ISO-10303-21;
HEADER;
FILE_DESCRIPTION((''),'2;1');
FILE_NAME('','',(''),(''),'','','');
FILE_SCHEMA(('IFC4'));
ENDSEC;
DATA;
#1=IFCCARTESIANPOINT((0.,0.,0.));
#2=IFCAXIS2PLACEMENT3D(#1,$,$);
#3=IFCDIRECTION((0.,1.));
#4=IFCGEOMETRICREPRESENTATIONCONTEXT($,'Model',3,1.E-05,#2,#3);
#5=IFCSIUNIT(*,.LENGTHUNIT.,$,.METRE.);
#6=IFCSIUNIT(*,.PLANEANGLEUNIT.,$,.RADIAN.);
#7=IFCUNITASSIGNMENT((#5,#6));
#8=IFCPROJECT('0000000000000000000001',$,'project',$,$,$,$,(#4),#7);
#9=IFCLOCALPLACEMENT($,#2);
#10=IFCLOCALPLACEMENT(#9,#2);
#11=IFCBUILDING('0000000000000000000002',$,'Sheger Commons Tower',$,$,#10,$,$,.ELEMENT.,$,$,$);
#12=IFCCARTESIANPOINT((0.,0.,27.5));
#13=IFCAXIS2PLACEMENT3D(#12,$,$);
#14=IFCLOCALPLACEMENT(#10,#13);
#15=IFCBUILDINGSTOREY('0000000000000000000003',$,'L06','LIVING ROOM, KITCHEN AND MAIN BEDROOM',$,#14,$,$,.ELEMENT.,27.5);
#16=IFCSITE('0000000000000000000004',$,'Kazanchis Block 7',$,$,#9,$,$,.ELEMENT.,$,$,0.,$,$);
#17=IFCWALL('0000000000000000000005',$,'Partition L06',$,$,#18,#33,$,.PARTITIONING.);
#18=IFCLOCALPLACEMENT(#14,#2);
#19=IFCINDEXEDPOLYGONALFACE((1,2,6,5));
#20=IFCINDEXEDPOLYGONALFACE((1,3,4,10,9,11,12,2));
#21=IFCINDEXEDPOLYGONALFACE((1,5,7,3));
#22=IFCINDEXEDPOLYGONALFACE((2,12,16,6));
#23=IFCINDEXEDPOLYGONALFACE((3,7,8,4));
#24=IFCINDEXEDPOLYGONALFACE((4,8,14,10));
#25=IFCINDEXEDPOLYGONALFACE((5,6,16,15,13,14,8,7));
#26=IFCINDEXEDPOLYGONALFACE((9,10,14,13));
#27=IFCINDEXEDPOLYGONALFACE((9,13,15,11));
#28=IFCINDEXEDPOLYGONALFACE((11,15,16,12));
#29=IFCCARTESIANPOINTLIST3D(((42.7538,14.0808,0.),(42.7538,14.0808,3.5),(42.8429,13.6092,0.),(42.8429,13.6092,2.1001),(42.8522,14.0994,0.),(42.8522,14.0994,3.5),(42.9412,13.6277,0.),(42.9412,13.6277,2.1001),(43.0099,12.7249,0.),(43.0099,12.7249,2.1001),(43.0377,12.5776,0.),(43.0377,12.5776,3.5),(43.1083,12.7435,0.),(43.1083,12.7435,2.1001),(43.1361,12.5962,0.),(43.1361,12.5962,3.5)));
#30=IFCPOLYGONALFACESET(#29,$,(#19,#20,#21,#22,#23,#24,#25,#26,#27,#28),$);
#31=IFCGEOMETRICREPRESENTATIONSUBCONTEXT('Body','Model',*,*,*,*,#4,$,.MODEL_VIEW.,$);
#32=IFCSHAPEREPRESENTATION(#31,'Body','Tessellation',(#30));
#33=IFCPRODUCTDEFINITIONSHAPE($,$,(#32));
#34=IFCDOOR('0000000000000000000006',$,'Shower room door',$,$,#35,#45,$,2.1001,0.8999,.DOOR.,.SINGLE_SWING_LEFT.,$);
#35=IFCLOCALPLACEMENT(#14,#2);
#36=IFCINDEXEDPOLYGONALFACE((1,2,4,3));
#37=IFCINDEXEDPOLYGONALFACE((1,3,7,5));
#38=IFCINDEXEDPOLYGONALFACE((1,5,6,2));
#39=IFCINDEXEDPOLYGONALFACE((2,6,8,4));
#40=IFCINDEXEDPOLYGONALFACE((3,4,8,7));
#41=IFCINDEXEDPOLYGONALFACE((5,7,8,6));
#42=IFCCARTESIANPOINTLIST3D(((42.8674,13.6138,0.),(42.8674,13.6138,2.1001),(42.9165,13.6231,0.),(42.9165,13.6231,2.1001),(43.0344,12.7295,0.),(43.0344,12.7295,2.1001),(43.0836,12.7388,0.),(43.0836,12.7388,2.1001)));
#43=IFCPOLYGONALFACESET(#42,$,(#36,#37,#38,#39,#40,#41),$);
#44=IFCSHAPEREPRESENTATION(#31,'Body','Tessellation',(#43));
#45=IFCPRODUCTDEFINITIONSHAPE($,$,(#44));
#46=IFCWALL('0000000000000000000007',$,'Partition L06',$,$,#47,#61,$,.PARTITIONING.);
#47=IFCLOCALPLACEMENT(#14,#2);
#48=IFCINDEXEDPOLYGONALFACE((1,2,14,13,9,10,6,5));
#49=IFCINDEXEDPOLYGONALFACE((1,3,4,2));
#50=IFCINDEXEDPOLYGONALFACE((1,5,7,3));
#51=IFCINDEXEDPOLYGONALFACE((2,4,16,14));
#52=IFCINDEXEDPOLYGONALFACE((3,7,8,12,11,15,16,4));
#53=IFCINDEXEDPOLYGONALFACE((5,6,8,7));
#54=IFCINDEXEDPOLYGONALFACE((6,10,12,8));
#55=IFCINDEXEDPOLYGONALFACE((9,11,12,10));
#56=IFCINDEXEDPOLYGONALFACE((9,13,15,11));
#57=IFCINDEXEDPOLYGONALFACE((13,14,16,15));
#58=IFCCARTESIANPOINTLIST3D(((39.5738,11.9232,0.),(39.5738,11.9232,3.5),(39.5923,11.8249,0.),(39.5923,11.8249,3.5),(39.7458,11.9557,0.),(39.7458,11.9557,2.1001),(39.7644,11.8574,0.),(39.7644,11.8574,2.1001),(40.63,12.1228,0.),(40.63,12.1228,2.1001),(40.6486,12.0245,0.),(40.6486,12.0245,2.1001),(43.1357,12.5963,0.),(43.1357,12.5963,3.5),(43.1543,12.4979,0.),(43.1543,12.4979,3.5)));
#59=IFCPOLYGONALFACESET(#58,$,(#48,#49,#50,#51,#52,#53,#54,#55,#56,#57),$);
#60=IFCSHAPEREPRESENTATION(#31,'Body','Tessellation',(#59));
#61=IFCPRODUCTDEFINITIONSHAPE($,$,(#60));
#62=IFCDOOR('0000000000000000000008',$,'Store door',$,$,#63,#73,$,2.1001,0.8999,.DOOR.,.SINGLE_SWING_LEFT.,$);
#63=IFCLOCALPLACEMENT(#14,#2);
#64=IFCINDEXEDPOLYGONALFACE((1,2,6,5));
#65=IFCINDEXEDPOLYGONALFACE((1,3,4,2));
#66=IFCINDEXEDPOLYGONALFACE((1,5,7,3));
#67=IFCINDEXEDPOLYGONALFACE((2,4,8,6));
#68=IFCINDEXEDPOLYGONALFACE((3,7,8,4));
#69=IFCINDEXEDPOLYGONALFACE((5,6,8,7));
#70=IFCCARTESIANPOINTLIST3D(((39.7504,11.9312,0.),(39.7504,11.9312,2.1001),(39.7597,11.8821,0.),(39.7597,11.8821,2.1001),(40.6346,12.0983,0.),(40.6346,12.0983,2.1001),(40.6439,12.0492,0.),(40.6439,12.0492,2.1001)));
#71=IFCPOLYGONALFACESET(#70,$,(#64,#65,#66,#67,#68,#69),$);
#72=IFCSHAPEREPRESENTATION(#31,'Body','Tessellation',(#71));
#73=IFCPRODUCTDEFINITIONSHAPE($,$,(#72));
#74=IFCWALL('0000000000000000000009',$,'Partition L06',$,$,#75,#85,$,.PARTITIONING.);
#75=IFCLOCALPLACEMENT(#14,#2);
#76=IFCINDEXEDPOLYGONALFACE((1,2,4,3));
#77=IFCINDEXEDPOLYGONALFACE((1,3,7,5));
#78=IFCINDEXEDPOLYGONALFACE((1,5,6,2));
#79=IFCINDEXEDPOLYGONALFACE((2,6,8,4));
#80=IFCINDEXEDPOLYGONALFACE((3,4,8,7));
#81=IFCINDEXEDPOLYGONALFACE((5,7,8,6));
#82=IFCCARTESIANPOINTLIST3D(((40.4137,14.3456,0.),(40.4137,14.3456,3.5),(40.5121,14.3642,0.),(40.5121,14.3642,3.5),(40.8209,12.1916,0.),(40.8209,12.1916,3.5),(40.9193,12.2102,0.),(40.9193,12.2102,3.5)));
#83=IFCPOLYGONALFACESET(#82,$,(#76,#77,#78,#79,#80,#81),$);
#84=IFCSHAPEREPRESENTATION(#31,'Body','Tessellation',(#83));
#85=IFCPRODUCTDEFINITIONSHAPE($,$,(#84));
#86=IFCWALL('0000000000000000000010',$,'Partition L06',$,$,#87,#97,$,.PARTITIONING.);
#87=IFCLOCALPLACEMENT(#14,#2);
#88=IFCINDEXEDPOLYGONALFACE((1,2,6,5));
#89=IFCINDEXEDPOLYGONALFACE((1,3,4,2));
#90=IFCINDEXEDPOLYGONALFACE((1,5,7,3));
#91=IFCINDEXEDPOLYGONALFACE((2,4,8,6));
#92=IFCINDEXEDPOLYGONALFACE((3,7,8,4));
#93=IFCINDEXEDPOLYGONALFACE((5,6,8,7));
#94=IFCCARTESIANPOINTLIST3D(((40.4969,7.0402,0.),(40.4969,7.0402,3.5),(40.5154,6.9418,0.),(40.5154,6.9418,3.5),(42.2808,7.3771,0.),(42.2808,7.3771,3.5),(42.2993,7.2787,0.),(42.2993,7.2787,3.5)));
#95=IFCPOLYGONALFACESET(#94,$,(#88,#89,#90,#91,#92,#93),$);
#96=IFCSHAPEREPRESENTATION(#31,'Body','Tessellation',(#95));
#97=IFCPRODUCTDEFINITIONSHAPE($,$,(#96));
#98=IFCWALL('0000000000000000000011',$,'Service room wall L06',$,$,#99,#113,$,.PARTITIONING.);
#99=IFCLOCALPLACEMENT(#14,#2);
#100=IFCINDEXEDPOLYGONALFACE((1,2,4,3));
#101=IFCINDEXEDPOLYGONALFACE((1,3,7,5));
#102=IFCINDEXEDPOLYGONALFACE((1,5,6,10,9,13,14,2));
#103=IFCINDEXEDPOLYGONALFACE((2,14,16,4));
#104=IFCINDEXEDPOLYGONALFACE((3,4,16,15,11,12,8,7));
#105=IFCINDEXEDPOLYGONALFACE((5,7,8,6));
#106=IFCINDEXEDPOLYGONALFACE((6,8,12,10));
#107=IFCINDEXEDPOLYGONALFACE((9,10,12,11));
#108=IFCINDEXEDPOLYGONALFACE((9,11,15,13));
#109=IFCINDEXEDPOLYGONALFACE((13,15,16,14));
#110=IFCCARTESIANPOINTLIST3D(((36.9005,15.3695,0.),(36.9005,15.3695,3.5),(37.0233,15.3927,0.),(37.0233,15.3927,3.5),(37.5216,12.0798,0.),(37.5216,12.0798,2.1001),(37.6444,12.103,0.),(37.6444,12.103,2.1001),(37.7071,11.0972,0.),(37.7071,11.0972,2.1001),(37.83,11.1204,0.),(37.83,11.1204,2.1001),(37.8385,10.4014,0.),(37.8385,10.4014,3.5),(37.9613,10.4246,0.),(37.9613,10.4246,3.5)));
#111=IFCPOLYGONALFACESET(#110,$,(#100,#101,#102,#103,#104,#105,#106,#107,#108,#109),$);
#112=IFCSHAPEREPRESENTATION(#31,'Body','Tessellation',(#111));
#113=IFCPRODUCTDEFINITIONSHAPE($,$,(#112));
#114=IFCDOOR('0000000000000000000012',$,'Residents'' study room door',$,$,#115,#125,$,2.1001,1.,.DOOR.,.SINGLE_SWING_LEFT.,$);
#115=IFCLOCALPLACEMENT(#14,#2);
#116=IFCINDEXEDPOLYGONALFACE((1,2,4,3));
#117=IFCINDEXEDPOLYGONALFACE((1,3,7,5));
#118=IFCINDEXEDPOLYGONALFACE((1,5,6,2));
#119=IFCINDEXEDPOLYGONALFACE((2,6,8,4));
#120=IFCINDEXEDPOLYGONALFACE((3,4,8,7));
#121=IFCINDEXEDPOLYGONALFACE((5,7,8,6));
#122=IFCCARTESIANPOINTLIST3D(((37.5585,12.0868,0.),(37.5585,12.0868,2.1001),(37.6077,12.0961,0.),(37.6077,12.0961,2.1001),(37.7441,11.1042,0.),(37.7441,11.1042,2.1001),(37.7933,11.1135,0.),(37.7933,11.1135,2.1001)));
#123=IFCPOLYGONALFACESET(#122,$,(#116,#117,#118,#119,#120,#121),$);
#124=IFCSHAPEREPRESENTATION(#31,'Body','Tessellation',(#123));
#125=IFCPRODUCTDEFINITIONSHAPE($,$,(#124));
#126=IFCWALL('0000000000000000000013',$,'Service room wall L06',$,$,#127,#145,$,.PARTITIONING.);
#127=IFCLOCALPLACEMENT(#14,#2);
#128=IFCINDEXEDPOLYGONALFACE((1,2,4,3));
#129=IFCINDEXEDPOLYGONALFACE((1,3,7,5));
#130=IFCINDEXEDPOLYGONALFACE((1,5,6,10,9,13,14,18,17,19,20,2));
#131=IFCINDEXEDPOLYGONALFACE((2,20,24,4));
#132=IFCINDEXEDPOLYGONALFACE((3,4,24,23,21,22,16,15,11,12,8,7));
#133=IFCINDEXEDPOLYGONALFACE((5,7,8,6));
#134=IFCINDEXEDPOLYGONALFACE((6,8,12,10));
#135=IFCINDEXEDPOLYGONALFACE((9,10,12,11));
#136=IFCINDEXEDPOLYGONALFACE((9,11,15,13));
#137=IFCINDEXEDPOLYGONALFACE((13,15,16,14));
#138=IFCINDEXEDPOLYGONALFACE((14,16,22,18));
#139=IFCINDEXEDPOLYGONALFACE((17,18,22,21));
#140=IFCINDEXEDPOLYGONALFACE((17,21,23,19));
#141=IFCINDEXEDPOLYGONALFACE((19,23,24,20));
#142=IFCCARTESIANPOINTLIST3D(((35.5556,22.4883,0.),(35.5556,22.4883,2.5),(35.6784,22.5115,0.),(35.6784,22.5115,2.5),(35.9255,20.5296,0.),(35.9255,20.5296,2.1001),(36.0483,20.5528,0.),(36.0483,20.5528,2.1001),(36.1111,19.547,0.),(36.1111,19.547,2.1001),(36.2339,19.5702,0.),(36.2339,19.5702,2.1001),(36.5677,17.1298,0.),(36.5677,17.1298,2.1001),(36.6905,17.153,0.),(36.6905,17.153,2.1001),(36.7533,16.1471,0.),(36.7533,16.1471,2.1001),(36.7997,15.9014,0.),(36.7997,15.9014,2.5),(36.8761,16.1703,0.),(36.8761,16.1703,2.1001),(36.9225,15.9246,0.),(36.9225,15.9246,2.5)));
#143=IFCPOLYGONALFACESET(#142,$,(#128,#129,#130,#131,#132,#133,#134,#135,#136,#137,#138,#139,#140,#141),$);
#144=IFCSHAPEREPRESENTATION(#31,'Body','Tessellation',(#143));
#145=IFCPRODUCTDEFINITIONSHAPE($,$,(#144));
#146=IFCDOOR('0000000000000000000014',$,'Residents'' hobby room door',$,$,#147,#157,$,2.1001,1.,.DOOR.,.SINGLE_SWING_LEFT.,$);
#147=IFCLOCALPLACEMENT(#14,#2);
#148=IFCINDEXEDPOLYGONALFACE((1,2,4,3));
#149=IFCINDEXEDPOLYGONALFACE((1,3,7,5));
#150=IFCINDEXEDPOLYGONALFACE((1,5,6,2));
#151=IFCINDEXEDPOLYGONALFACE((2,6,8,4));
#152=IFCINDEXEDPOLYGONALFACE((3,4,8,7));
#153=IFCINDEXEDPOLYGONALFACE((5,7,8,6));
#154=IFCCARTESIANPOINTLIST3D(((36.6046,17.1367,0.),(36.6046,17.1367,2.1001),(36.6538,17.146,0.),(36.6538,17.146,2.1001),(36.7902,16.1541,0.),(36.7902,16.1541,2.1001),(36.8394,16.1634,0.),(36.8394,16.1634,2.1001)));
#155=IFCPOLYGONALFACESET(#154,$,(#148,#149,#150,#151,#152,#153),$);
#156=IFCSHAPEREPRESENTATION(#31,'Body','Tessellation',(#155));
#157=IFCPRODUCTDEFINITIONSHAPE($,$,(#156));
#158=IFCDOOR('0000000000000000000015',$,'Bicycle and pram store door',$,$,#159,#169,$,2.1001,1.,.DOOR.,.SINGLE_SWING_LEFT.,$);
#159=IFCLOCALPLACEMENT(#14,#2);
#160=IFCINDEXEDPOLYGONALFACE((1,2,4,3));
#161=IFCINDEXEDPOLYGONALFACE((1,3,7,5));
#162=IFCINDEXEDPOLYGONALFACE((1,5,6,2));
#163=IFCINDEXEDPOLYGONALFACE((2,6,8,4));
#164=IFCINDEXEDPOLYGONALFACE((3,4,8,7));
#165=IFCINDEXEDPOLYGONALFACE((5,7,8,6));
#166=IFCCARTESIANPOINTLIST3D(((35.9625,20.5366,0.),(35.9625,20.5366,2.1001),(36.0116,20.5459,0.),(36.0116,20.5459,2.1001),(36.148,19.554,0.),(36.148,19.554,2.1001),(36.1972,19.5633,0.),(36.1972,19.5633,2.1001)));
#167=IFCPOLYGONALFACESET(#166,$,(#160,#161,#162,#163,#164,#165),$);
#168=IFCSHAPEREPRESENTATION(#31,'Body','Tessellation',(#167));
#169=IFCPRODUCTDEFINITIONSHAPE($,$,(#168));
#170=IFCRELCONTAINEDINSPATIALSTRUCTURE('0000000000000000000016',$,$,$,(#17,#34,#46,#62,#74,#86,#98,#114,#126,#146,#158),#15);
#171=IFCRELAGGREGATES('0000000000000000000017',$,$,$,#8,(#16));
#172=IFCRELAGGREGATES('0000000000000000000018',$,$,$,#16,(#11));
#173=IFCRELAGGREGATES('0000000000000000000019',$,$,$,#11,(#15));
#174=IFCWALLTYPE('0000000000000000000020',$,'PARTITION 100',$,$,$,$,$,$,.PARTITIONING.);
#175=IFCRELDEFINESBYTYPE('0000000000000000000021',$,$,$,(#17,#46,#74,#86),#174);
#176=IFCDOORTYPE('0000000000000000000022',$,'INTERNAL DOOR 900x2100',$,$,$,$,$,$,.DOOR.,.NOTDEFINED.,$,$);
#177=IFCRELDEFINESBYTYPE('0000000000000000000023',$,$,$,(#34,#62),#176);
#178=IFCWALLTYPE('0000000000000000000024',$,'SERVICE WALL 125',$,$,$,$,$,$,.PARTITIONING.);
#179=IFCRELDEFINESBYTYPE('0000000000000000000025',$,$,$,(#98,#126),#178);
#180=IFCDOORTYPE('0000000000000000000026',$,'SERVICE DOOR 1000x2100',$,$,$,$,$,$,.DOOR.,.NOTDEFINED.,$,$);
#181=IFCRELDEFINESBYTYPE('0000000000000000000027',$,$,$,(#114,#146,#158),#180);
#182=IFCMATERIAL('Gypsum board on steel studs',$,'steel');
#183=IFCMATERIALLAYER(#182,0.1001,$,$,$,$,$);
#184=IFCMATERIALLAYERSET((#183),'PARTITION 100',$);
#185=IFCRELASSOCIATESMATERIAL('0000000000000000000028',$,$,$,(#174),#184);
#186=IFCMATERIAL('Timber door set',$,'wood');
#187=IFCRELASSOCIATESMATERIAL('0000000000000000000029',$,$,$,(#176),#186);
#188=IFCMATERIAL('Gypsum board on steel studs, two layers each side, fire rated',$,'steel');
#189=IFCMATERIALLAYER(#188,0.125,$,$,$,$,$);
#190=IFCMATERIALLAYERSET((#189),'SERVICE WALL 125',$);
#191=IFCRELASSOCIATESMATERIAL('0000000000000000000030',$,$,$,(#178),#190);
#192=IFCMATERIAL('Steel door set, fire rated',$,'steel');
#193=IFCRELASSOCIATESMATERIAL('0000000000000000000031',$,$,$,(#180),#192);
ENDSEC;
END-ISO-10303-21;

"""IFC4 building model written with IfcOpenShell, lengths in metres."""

from ifc_helpers import new_model, si_unit, direction, frame, frame_2d, origin, place, context, subcontext, project, spatial, rectangle, extrude, material, layer, layer_set, type_object, element, fill, save


model = new_model("IFC4")

# Units and contexts
model_context = context("Model", 3, precision=1e-05, world=origin(), true_north=direction((0.0, 1.0)))
body_context = subcontext(model_context, "Body", "Model", "MODEL_VIEW")
ifc_project = project(units=[si_unit("LENGTHUNIT", "METRE"), si_unit("PLANEANGLEUNIT", "RADIAN")], contexts=[model_context])

# Site, building, storey
site_placement = place(None, origin())
site = spatial("IfcSite", under=ifc_project, at=site_placement, Name="Kazanchis Block 7", CompositionType="ELEMENT", RefElevation=0.0)
building_placement = place(site_placement, origin())
building = spatial("IfcBuilding", under=site, at=building_placement, Name="Sheger Commons Tower", CompositionType="ELEMENT")
storey_placement = place(building_placement, frame((0.0, 0.0, 27.5)))
storey = spatial("IfcBuildingStorey", under=building, at=storey_placement, Name="L06", Description="LIVING ROOM, KITCHEN AND MAIN BEDROOM", CompositionType="ELEMENT", Elevation=27.5)

# Shared definitions
ifc_material_1 = material(Name="Gypsum board on steel studs", Category="steel")
ifc_layer_1 = layer(ifc_material_1, 0.1001)
ifc_layer_set_1 = layer_set([ifc_layer_1], Name="PARTITION 100")
wall_type_1 = type_object("IfcWallType", Name="PARTITION 100", PredefinedType="PARTITIONING", material=ifc_layer_set_1)

# Walls, openings, doors
wall_1_placement = place(storey_placement, frame((42.803, 14.0901, 0.0), z_axis=(0.0, 0.0, 1.0), x_axis=(0.185608, -0.982624, 0.0)))
wall_1 = element("IfcWall", 1, at=wall_1_placement, inside=storey, type_object=wall_type_1, Name="Partition L06", PredefinedType="PARTITIONING", context=body_context, shape_type="SweptSolid", body=[
    extrude(rectangle(XDim=1.5298, YDim=0.1001, at=frame_2d((0.7649, 0.0))), origin(), (0.0, 0.0, 1.0), 3.5),
])
opening_1_placement = place(wall_1_placement, frame((0.48, 0.0, 0.0)))
opening_1 = element("IfcOpeningElement", 2, at=opening_1_placement, cuts=wall_1, PredefinedType="OPENING", context=body_context, shape_type="SweptSolid", body=[
    extrude(rectangle(XDim=0.8999, YDim=2.1001, at=frame_2d((0.45, 1.05))), frame((0.0, 0.0601, 0.0), z_axis=(0.0, -1.0, 0.0), x_axis=(1.0, 0.0, 0.0)), (0.0, 0.0, 1.0), 0.1201),
])
ifc_material_2 = material(Name="Timber door set", Category="wood")
door_type_1 = type_object("IfcDoorType", Name="INTERNAL DOOR 900x2100", OperationType="NOTDEFINED", PredefinedType="DOOR", material=ifc_material_2)
door_1_placement = place(opening_1_placement, origin())
door_1 = element("IfcDoor", 3, at=door_1_placement, inside=storey, type_object=door_type_1, Name="Shower room door", OperationType="SINGLE_SWING_LEFT", OverallHeight=2.1001, OverallWidth=0.8999, PredefinedType="DOOR", context=body_context, shape_type="SweptSolid", body=[
    extrude(rectangle(XDim=0.8999, YDim=2.1001, at=frame_2d((0.45, 1.05))), frame((0.0, 0.0249, 0.0), z_axis=(0.0, -1.0, 0.0), x_axis=(1.0, 0.0, 0.0)), (0.0, 0.0, 1.0), 0.05),
])
fill(opening_1, door_1)
wall_2_placement = place(storey_placement, frame((43.145, 12.5471, 0.0), z_axis=(0.0, 0.0, 1.0), x_axis=(-0.98261, -0.185679, 0.0)))
wall_2 = element("IfcWall", 4, at=wall_2_placement, inside=storey, type_object=wall_type_1, Name="Partition L06", PredefinedType="PARTITIONING", context=body_context, shape_type="SweptSolid", body=[
    extrude(rectangle(XDim=3.625, YDim=0.1001, at=frame_2d((1.8125, 0.0))), origin(), (0.0, 0.0, 1.0), 3.5),
])
opening_2_placement = place(wall_2_placement, frame((2.55, 0.0, 0.0)))
opening_2 = element("IfcOpeningElement", 5, at=opening_2_placement, cuts=wall_2, PredefinedType="OPENING", context=body_context, shape_type="SweptSolid", body=[
    extrude(rectangle(XDim=0.8999, YDim=2.1001, at=frame_2d((0.45, 1.05))), frame((0.0, 0.0601, 0.0), z_axis=(0.0, -1.0, 0.0), x_axis=(1.0, 0.0, 0.0)), (0.0, 0.0, 1.0), 0.1201),
])
door_2_placement = place(opening_2_placement, origin())
door_2 = element("IfcDoor", 6, at=door_2_placement, inside=storey, type_object=door_type_1, Name="Store door", OperationType="SINGLE_SWING_LEFT", OverallHeight=2.1001, OverallWidth=0.8999, PredefinedType="DOOR", context=body_context, shape_type="SweptSolid", body=[
    extrude(rectangle(XDim=0.8999, YDim=2.1001, at=frame_2d((0.45, 1.05))), frame((0.0, 0.0249, 0.0), z_axis=(0.0, -1.0, 0.0), x_axis=(1.0, 0.0, 0.0)), (0.0, 0.0, 1.0), 0.05),
])
fill(opening_2, door_2)

# Walls
wall_3_placement = place(storey_placement, frame((40.4629, 14.355, 0.0), z_axis=(0.0, 0.0, 1.0), x_axis=(0.185761, -0.982595, 0.0)))
element("IfcWall", 7, at=wall_3_placement, inside=storey, type_object=wall_type_1, Name="Partition L06", PredefinedType="PARTITIONING", context=body_context, shape_type="SweptSolid", body=[
    extrude(rectangle(XDim=2.1921, YDim=0.1001, at=frame_2d((1.0962, 0.0))), origin(), (0.0, 0.0, 1.0), 3.5),
])
wall_4_placement = place(storey_placement, frame((42.29, 7.3279, 0.0), z_axis=(0.0, 0.0, 1.0), x_axis=(-0.982629, -0.185579, 0.0)))
element("IfcWall", 8, at=wall_4_placement, inside=storey, type_object=wall_type_1, Name="Partition L06", PredefinedType="PARTITIONING", context=body_context, shape_type="SweptSolid", body=[
    extrude(rectangle(XDim=1.8154, YDim=0.1001, at=frame_2d((0.9077, 0.0))), origin(), (0.0, 0.0, 1.0), 3.5),
])

# Wall, opening, door
ifc_material_3 = material(Name="Gypsum board on steel studs, two layers each side, fire rated", Category="steel")
ifc_layer_2 = layer(ifc_material_3, 0.125)
ifc_layer_set_2 = layer_set([ifc_layer_2], Name="SERVICE WALL 125")
wall_type_2 = type_object("IfcWallType", Name="SERVICE WALL 125", PredefinedType="PARTITIONING", material=ifc_layer_set_2)
wall_5_placement = place(storey_placement, frame((37.8999, 10.4131, 0.0), z_axis=(0.0, 0.0, 1.0), x_axis=(-0.185528, 0.982639, 0.0)))
wall_5 = element("IfcWall", 9, at=wall_5_placement, inside=storey, type_object=wall_type_2, Name="Service room wall L06", PredefinedType="PARTITIONING", context=body_context, shape_type="SweptSolid", body=[
    extrude(rectangle(XDim=5.0559, YDim=0.125, at=frame_2d((2.5278, 0.0))), origin(), (0.0, 0.0, 1.0), 3.5),
])
opening_3_placement = place(wall_5_placement, frame((0.708, 0.0, 0.0)))
opening_3 = element("IfcOpeningElement", 10, at=opening_3_placement, cuts=wall_5, PredefinedType="OPENING", context=body_context, shape_type="SweptSolid", body=[
    extrude(rectangle(XDim=1.0, YDim=2.1001, at=frame_2d((0.5, 1.05))), frame((0.0, 0.0725, 0.0), z_axis=(0.0, -1.0, 0.0), x_axis=(1.0, 0.0, 0.0)), (0.0, 0.0, 1.0), 0.145),
])
ifc_material_4 = material(Name="Steel door set, fire rated", Category="steel")
door_type_2 = type_object("IfcDoorType", Name="SERVICE DOOR 1000x2100", OperationType="NOTDEFINED", PredefinedType="DOOR", material=ifc_material_4)
door_3_placement = place(opening_3_placement, origin())
door_3 = element("IfcDoor", 11, at=door_3_placement, inside=storey, type_object=door_type_2, Name="Residents' study room door", OperationType="SINGLE_SWING_LEFT", OverallHeight=2.1001, OverallWidth=1.0, PredefinedType="DOOR", context=body_context, shape_type="SweptSolid", body=[
    extrude(rectangle(XDim=1.0, YDim=2.1001, at=frame_2d((0.5, 1.05))), frame((0.0, 0.0249, 0.0), z_axis=(0.0, -1.0, 0.0), x_axis=(1.0, 0.0, 0.0)), (0.0, 0.0, 1.0), 0.05),
])
fill(opening_3, door_3)

# Wall, openings, doors
wall_6_placement = place(storey_placement, frame((36.8611, 15.9131, 0.0), z_axis=(0.0, 0.0, 1.0), x_axis=(-0.185599, 0.982626, 0.0)))
wall_6 = element("IfcWall", 12, at=wall_6_placement, inside=storey, type_object=wall_type_2, Name="Service room wall L06", PredefinedType="PARTITIONING", context=body_context, shape_type="SweptSolid", body=[
    extrude(rectangle(XDim=6.7034, YDim=0.125, at=frame_2d((3.3516, 0.0))), origin(), (0.0, 0.0, 1.0), 2.5),
])
opening_4_placement = place(wall_6_placement, frame((0.25, 0.0, 0.0)))
opening_4 = element("IfcOpeningElement", 13, at=opening_4_placement, cuts=wall_6, PredefinedType="OPENING", context=body_context, shape_type="SweptSolid", body=[
    extrude(rectangle(XDim=1.0, YDim=2.1001, at=frame_2d((0.5, 1.05))), frame((0.0, 0.0725, 0.0), z_axis=(0.0, -1.0, 0.0), x_axis=(1.0, 0.0, 0.0)), (0.0, 0.0, 1.0), 0.145),
])
opening_5_placement = place(wall_6_placement, frame((3.71, 0.0, 0.0)))
opening_5 = element("IfcOpeningElement", 14, at=opening_5_placement, cuts=wall_6, PredefinedType="OPENING", context=body_context, shape_type="SweptSolid", body=[
    extrude(rectangle(XDim=1.0, YDim=2.1001, at=frame_2d((0.5, 1.05))), frame((0.0, 0.0725, 0.0), z_axis=(0.0, -1.0, 0.0), x_axis=(1.0, 0.0, 0.0)), (0.0, 0.0, 1.0), 0.145),
])
door_4_placement = place(opening_4_placement, origin())
door_4 = element("IfcDoor", 15, at=door_4_placement, inside=storey, type_object=door_type_2, Name="Residents' hobby room door", OperationType="SINGLE_SWING_LEFT", OverallHeight=2.1001, OverallWidth=1.0, PredefinedType="DOOR", context=body_context, shape_type="SweptSolid", body=[
    extrude(rectangle(XDim=1.0, YDim=2.1001, at=frame_2d((0.5, 1.05))), frame((0.0, 0.0249, 0.0), z_axis=(0.0, -1.0, 0.0), x_axis=(1.0, 0.0, 0.0)), (0.0, 0.0, 1.0), 0.05),
])
fill(opening_4, door_4)
door_5_placement = place(opening_5_placement, origin())
door_5 = element("IfcDoor", 16, at=door_5_placement, inside=storey, type_object=door_type_2, Name="Bicycle and pram store door", OperationType="SINGLE_SWING_LEFT", OverallHeight=2.1001, OverallWidth=1.0, PredefinedType="DOOR", context=body_context, shape_type="SweptSolid", body=[
    extrude(rectangle(XDim=1.0, YDim=2.1001, at=frame_2d((0.5, 1.05))), frame((0.0, 0.0249, 0.0), z_axis=(0.0, -1.0, 0.0), x_axis=(1.0, 0.0, 0.0)), (0.0, 0.0, 1.0), 0.05),
])
fill(opening_5, door_5)

save(model, "model.ifc")
